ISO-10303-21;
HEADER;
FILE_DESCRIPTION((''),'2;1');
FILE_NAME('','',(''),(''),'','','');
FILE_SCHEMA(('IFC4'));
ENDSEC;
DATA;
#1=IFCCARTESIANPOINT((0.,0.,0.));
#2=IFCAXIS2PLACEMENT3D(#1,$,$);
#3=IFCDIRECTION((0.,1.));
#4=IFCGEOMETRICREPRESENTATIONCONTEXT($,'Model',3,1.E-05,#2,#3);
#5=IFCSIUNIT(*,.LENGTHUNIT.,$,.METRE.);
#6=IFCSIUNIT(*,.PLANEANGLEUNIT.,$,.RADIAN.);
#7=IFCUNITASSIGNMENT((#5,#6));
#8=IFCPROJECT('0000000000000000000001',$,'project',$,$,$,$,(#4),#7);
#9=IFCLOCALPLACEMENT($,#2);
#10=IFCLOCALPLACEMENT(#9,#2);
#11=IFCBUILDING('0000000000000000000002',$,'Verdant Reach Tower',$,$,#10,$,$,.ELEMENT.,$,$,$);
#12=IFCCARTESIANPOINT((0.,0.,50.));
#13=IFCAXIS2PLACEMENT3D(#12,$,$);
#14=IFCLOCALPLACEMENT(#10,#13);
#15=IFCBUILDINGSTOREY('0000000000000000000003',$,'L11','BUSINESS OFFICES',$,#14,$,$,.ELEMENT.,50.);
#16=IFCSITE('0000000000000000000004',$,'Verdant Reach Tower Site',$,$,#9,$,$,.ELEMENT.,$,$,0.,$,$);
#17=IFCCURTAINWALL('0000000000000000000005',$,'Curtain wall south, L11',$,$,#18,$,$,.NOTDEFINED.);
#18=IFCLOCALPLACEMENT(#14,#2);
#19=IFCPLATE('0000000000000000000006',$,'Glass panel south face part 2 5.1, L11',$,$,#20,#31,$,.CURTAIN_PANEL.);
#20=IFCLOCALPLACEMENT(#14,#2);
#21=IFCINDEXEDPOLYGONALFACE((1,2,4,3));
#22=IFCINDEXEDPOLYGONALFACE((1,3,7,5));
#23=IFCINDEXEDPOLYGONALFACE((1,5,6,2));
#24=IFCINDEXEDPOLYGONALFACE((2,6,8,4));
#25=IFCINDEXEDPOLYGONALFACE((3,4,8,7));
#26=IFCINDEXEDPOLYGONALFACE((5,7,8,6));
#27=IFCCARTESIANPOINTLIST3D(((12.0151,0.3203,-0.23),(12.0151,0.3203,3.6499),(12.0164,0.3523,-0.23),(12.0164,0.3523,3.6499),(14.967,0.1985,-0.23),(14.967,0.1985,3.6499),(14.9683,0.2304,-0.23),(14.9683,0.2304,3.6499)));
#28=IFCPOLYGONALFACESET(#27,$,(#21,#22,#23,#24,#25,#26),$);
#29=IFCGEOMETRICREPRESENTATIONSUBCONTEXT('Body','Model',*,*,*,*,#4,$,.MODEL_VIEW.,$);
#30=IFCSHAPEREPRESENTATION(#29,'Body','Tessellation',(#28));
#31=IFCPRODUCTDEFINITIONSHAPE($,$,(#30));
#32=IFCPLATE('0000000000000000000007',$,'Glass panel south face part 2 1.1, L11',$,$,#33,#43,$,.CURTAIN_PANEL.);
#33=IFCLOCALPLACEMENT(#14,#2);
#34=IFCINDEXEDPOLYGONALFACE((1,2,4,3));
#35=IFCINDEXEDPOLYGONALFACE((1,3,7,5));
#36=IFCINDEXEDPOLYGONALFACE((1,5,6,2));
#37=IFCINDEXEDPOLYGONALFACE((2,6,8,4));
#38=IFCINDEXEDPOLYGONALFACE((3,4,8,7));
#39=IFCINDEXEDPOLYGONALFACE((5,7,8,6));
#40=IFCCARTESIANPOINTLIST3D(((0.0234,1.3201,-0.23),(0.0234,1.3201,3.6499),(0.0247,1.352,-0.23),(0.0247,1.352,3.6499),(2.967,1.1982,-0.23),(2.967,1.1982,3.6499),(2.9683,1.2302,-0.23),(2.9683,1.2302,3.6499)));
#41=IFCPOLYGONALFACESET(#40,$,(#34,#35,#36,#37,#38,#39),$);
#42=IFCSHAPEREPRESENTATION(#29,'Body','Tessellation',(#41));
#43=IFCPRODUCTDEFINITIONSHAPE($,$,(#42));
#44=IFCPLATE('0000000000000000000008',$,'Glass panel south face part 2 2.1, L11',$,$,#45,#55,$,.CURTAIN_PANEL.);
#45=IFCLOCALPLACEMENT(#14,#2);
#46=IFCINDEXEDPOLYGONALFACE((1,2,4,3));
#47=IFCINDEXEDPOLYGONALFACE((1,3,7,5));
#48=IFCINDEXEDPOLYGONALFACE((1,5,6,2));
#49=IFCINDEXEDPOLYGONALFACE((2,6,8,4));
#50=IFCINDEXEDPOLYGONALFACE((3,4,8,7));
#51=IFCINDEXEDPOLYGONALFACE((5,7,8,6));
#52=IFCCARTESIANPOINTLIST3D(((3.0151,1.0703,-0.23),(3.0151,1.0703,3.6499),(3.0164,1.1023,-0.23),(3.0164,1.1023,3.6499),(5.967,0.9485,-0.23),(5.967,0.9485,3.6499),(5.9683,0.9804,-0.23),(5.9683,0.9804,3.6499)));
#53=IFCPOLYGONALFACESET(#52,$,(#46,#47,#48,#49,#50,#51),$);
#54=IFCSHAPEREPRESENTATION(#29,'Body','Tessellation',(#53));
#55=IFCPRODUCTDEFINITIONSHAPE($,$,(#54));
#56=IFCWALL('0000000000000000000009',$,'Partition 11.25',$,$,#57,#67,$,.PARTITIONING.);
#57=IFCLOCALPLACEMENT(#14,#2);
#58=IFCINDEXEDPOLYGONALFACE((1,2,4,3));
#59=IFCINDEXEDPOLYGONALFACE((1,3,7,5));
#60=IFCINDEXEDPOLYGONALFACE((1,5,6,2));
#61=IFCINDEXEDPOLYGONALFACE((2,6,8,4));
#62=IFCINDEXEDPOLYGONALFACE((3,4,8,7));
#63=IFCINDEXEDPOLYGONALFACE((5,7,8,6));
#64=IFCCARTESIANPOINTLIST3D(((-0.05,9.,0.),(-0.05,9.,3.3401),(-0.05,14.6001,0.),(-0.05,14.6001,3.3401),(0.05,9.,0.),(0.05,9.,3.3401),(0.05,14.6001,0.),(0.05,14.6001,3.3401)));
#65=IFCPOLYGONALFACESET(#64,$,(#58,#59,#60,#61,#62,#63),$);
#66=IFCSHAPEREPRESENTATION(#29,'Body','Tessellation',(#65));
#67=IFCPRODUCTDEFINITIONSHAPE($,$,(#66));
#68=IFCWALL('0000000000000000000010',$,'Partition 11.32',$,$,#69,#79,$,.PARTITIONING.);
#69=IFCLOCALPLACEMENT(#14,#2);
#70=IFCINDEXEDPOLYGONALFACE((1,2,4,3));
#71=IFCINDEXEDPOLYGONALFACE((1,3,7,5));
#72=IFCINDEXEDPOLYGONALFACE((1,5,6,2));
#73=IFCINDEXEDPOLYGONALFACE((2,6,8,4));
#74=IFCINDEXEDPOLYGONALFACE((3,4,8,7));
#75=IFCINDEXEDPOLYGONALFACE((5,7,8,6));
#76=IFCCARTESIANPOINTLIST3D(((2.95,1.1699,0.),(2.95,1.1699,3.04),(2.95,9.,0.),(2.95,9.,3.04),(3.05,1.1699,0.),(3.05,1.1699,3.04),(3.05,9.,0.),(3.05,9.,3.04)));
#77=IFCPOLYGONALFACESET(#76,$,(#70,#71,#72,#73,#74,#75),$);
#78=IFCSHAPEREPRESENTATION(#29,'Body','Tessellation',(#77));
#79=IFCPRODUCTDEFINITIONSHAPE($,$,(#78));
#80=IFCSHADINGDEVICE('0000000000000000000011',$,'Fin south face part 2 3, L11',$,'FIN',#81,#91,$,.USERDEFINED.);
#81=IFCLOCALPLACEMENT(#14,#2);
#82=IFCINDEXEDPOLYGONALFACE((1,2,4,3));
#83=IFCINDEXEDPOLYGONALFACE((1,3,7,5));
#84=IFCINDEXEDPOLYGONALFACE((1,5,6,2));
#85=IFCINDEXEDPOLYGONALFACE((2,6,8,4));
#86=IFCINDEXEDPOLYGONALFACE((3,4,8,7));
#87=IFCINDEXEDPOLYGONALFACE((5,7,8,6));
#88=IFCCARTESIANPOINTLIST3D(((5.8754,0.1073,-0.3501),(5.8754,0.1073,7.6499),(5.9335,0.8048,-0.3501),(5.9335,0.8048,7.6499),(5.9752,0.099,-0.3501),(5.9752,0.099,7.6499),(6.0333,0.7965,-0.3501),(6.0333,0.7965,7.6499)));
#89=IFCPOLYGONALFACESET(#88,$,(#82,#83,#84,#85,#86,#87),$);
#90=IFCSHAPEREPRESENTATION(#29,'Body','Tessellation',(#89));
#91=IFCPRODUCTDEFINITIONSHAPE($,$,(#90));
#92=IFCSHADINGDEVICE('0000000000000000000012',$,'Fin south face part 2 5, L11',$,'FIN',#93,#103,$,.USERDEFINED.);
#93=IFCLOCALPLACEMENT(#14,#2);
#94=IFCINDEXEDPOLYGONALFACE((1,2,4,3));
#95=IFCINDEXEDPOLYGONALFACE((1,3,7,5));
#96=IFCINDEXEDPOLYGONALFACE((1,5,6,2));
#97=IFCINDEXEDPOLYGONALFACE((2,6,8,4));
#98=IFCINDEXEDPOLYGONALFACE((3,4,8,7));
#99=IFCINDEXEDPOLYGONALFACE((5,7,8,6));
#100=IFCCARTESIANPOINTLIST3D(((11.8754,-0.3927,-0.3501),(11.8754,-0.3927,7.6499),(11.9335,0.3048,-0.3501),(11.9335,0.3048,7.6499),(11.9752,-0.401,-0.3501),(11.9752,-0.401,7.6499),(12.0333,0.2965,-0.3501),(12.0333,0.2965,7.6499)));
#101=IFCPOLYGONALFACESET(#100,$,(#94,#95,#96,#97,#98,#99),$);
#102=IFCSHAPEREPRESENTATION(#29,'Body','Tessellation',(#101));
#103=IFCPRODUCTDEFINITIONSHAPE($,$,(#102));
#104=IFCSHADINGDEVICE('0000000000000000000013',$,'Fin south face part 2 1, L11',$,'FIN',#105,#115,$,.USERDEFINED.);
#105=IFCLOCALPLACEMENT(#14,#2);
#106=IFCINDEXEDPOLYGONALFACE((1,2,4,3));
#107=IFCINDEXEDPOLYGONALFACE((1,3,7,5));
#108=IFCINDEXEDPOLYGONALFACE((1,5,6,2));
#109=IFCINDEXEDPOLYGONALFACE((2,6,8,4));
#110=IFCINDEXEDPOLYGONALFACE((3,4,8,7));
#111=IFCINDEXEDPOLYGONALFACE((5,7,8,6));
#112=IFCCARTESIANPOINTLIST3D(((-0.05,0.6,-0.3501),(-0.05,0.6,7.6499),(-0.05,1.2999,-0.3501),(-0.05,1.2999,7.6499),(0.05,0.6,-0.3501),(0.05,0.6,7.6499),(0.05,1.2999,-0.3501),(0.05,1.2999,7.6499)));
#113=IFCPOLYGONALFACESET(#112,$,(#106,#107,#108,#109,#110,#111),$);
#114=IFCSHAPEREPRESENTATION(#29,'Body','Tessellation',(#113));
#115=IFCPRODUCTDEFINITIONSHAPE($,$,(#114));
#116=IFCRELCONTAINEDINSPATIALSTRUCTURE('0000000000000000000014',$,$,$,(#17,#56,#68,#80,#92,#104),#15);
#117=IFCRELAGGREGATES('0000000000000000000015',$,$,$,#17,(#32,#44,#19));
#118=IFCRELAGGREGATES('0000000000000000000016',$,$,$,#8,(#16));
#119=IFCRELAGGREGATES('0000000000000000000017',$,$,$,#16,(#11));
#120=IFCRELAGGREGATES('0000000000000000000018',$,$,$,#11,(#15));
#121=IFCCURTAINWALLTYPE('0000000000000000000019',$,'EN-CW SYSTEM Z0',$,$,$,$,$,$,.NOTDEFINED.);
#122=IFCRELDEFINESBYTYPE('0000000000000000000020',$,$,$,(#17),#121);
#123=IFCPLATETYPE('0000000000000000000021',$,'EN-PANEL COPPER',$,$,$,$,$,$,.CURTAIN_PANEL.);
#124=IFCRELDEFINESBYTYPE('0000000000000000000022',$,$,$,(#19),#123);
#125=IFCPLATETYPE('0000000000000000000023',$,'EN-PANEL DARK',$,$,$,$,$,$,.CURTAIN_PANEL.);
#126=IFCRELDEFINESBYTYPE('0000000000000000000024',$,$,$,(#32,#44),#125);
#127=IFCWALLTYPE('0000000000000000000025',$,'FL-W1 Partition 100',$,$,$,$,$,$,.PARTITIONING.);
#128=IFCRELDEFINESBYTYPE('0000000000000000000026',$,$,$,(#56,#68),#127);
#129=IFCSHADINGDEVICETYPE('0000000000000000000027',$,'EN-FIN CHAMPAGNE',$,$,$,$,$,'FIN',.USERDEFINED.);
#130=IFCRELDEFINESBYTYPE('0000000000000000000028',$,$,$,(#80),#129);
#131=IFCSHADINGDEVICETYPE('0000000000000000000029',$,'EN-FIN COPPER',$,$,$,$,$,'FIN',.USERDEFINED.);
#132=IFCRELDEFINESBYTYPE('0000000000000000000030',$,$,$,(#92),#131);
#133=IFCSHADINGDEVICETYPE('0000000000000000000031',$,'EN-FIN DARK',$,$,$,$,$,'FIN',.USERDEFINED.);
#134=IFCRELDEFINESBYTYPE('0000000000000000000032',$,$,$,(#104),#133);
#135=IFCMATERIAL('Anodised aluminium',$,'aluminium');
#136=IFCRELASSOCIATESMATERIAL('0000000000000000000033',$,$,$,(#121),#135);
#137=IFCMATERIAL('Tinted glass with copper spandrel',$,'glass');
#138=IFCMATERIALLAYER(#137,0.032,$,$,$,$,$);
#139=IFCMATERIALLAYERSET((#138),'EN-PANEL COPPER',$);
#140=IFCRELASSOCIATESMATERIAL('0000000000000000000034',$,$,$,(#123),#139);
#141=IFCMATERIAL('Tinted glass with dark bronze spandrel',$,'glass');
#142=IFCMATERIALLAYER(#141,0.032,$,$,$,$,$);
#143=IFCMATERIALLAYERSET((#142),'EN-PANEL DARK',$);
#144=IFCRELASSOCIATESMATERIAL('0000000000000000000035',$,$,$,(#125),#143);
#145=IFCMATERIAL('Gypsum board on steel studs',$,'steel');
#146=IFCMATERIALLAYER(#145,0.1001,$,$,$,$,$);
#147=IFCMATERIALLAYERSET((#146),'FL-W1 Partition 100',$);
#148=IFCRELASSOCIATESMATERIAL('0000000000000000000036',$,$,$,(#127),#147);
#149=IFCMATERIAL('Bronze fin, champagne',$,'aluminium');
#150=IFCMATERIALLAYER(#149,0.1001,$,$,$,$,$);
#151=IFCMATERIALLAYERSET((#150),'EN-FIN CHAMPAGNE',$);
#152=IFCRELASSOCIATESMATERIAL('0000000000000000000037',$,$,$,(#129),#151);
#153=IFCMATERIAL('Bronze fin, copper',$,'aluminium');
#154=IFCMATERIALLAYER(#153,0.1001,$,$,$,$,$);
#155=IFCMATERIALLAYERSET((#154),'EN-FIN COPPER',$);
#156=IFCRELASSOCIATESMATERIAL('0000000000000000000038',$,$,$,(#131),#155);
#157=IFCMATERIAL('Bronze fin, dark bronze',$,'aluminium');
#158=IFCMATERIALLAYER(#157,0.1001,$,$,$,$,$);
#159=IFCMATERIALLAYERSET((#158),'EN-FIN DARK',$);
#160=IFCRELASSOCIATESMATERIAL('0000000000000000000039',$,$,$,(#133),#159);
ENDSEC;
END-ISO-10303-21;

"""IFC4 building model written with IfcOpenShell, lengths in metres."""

from ifc_helpers import new_model, si_unit, direction, frame, frame_2d, origin, origin_2d, place, context, subcontext, project, spatial, rectangle, extrude, material, layer, layer_set, type_object, element, aggregate, save


model = new_model("IFC4")

# Units and contexts
model_context = context("Model", 3, precision=1e-05, world=origin(), true_north=direction((0.0, 1.0)))
body_context = subcontext(model_context, "Body", "Model", "MODEL_VIEW")
ifc_project = project(units=[si_unit("LENGTHUNIT", "METRE"), si_unit("PLANEANGLEUNIT", "RADIAN")], contexts=[model_context])

# Site, building, storey
site_placement = place(None, origin())
site = spatial("IfcSite", under=ifc_project, at=site_placement, Name="Verdant Reach Tower Site", CompositionType="ELEMENT", RefElevation=0.0)
building_placement = place(site_placement, origin())
building = spatial("IfcBuilding", under=site, at=building_placement, Name="Verdant Reach Tower", CompositionType="ELEMENT")
storey_placement = place(building_placement, frame((0.0, 0.0, 50.0)))
storey = spatial("IfcBuildingStorey", under=building, at=storey_placement, Name="L11", Description="BUSINESS OFFICES", CompositionType="ELEMENT", Elevation=50.0)

# Curtain wall
ifc_material_1 = material(Name="Anodised aluminium", Category="aluminium")
curtain_wall_type = type_object("IfcCurtainWallType", Name="EN-CW SYSTEM Z0", PredefinedType="NOTDEFINED", material=ifc_material_1)
curtain_wall_placement = place(storey_placement, origin())
curtain_wall = element("IfcCurtainWall", 1, at=curtain_wall_placement, inside=storey, type_object=curtain_wall_type, Name="Curtain wall south, L11", PredefinedType="NOTDEFINED")

# Plates
ifc_material_2 = material(Name="Tinted glass with copper spandrel", Category="glass")
ifc_layer_1 = layer(ifc_material_2, 0.032)
ifc_layer_set_1 = layer_set([ifc_layer_1], Name="EN-PANEL COPPER")
plate_type_1 = type_object("IfcPlateType", Name="EN-PANEL COPPER", PredefinedType="CURTAIN_PANEL", material=ifc_layer_set_1)
plate_1_placement = place(storey_placement, frame((13.4917, 0.2754, -0.23), z_axis=(0.0, 0.0, 1.0), x_axis=(0.999149, -0.041242, 0.0)))
plate_1 = element("IfcPlate", 2, at=plate_1_placement, type_object=plate_type_1, Name="Glass panel south face part 2 5.1, L11", PredefinedType="CURTAIN_PANEL", context=body_context, shape_type="SweptSolid", body=[
    extrude(rectangle(XDim=2.9543, YDim=0.032, at=origin_2d()), origin(), (0.0, 0.0, 1.0), 3.8799),
])
ifc_material_3 = material(Name="Tinted glass with dark bronze spandrel", Category="glass")
ifc_layer_2 = layer(ifc_material_3, 0.032)
ifc_layer_set_2 = layer_set([ifc_layer_2], Name="EN-PANEL DARK")
plate_type_2 = type_object("IfcPlateType", Name="EN-PANEL DARK", PredefinedType="CURTAIN_PANEL", material=ifc_layer_set_2)
plate_2_placement = place(storey_placement, frame((1.4958, 1.2751, -0.23), z_axis=(0.0, 0.0, 1.0), x_axis=(0.999144, -0.041357, 0.0)))
plate_2 = element("IfcPlate", 3, at=plate_2_placement, type_object=plate_type_2, Name="Glass panel south face part 2 1.1, L11", PredefinedType="CURTAIN_PANEL", context=body_context, shape_type="SweptSolid", body=[
    extrude(rectangle(XDim=2.946, YDim=0.032, at=origin_2d()), origin(), (0.0, 0.0, 1.0), 3.8799),
])
plate_3_placement = place(storey_placement, frame((4.4917, 1.0254, -0.23), z_axis=(0.0, 0.0, 1.0), x_axis=(0.999149, -0.041242, 0.0)))
plate_3 = element("IfcPlate", 4, at=plate_3_placement, type_object=plate_type_2, Name="Glass panel south face part 2 2.1, L11", PredefinedType="CURTAIN_PANEL", context=body_context, shape_type="SweptSolid", body=[
    extrude(rectangle(XDim=2.9543, YDim=0.032, at=origin_2d()), origin(), (0.0, 0.0, 1.0), 3.8799),
])
aggregate(curtain_wall, [plate_2, plate_3, plate_1])

# Walls
ifc_material_4 = material(Name="Gypsum board on steel studs", Category="steel")
ifc_layer_3 = layer(ifc_material_4, 0.1001)
ifc_layer_set_3 = layer_set([ifc_layer_3], Name="FL-W1 Partition 100")
wall_type = type_object("IfcWallType", Name="FL-W1 Partition 100", PredefinedType="PARTITIONING", material=ifc_layer_set_3)
wall_1_placement = place(storey_placement, frame((0.0, 9.0, 0.0), z_axis=(0.0, 0.0, 1.0), x_axis=(0.0, 1.0, 0.0)))
element("IfcWall", 5, at=wall_1_placement, inside=storey, type_object=wall_type, Name="Partition 11.25", PredefinedType="PARTITIONING", context=body_context, shape_type="SweptSolid", body=[
    extrude(rectangle(XDim=5.6001, YDim=0.1001, at=frame_2d((2.8, 0.0))), origin(), (0.0, 0.0, 1.0), 3.3401),
])
wall_2_placement = place(storey_placement, frame((3.0, 1.1699, 0.0), z_axis=(0.0, 0.0, 1.0), x_axis=(0.0, 1.0, 0.0)))
element("IfcWall", 6, at=wall_2_placement, inside=storey, type_object=wall_type, Name="Partition 11.32", PredefinedType="PARTITIONING", context=body_context, shape_type="SweptSolid", body=[
    extrude(rectangle(XDim=7.8301, YDim=0.1001, at=frame_2d((3.915, 0.0))), origin(), (0.0, 0.0, 1.0), 3.04),
])

# Shading devices
ifc_material_5 = material(Name="Bronze fin, champagne", Category="aluminium")
ifc_layer_4 = layer(ifc_material_5, 0.1001)
ifc_layer_set_4 = layer_set([ifc_layer_4], Name="EN-FIN CHAMPAGNE")
shading_device_type_1 = type_object("IfcShadingDeviceType", Name="EN-FIN CHAMPAGNE", ElementType="FIN", PredefinedType="USERDEFINED", material=ifc_layer_set_4)
shading_device_1_placement = place(storey_placement, frame((5.9543, 0.4519, -0.3501), z_axis=(0.0, 0.0, 1.0), x_axis=(0.996546, -0.083045, 0.0)))
element("IfcShadingDevice", 7, at=shading_device_1_placement, inside=storey, type_object=shading_device_type_1, Name="Fin south face part 2 3, L11", ObjectType="FIN", PredefinedType="USERDEFINED", context=body_context, shape_type="SweptSolid", body=[
    extrude(rectangle(XDim=0.1001, YDim=0.7, at=origin_2d()), origin(), (0.0, 0.0, 1.0), 8.0),
])
ifc_material_6 = material(Name="Bronze fin, copper", Category="aluminium")
ifc_layer_5 = layer(ifc_material_6, 0.1001)
ifc_layer_set_5 = layer_set([ifc_layer_5], Name="EN-FIN COPPER")
shading_device_type_2 = type_object("IfcShadingDeviceType", Name="EN-FIN COPPER", ElementType="FIN", PredefinedType="USERDEFINED", material=ifc_layer_set_5)
shading_device_2_placement = place(storey_placement, frame((11.9543, -0.0481, -0.3501), z_axis=(0.0, 0.0, 1.0), x_axis=(0.996546, -0.083045, 0.0)))
element("IfcShadingDevice", 8, at=shading_device_2_placement, inside=storey, type_object=shading_device_type_2, Name="Fin south face part 2 5, L11", ObjectType="FIN", PredefinedType="USERDEFINED", context=body_context, shape_type="SweptSolid", body=[
    extrude(rectangle(XDim=0.1001, YDim=0.7, at=origin_2d()), origin(), (0.0, 0.0, 1.0), 8.0),
])
ifc_material_7 = material(Name="Bronze fin, dark bronze", Category="aluminium")
ifc_layer_6 = layer(ifc_material_7, 0.1001)
ifc_layer_set_6 = layer_set([ifc_layer_6], Name="EN-FIN DARK")
shading_device_type_3 = type_object("IfcShadingDeviceType", Name="EN-FIN DARK", ElementType="FIN", PredefinedType="USERDEFINED", material=ifc_layer_set_6)
shading_device_3_placement = place(storey_placement, frame((0.0, 0.95, -0.3501), z_axis=(0.0, 0.0, 1.0), x_axis=(1.0, 0.0, 0.0)))
element("IfcShadingDevice", 9, at=shading_device_3_placement, inside=storey, type_object=shading_device_type_3, Name="Fin south face part 2 1, L11", ObjectType="FIN", PredefinedType="USERDEFINED", context=body_context, shape_type="SweptSolid", body=[
    extrude(rectangle(XDim=0.1001, YDim=0.7, at=origin_2d()), origin(), (0.0, 0.0, 1.0), 8.0),
])

save(model, "model.ifc")
